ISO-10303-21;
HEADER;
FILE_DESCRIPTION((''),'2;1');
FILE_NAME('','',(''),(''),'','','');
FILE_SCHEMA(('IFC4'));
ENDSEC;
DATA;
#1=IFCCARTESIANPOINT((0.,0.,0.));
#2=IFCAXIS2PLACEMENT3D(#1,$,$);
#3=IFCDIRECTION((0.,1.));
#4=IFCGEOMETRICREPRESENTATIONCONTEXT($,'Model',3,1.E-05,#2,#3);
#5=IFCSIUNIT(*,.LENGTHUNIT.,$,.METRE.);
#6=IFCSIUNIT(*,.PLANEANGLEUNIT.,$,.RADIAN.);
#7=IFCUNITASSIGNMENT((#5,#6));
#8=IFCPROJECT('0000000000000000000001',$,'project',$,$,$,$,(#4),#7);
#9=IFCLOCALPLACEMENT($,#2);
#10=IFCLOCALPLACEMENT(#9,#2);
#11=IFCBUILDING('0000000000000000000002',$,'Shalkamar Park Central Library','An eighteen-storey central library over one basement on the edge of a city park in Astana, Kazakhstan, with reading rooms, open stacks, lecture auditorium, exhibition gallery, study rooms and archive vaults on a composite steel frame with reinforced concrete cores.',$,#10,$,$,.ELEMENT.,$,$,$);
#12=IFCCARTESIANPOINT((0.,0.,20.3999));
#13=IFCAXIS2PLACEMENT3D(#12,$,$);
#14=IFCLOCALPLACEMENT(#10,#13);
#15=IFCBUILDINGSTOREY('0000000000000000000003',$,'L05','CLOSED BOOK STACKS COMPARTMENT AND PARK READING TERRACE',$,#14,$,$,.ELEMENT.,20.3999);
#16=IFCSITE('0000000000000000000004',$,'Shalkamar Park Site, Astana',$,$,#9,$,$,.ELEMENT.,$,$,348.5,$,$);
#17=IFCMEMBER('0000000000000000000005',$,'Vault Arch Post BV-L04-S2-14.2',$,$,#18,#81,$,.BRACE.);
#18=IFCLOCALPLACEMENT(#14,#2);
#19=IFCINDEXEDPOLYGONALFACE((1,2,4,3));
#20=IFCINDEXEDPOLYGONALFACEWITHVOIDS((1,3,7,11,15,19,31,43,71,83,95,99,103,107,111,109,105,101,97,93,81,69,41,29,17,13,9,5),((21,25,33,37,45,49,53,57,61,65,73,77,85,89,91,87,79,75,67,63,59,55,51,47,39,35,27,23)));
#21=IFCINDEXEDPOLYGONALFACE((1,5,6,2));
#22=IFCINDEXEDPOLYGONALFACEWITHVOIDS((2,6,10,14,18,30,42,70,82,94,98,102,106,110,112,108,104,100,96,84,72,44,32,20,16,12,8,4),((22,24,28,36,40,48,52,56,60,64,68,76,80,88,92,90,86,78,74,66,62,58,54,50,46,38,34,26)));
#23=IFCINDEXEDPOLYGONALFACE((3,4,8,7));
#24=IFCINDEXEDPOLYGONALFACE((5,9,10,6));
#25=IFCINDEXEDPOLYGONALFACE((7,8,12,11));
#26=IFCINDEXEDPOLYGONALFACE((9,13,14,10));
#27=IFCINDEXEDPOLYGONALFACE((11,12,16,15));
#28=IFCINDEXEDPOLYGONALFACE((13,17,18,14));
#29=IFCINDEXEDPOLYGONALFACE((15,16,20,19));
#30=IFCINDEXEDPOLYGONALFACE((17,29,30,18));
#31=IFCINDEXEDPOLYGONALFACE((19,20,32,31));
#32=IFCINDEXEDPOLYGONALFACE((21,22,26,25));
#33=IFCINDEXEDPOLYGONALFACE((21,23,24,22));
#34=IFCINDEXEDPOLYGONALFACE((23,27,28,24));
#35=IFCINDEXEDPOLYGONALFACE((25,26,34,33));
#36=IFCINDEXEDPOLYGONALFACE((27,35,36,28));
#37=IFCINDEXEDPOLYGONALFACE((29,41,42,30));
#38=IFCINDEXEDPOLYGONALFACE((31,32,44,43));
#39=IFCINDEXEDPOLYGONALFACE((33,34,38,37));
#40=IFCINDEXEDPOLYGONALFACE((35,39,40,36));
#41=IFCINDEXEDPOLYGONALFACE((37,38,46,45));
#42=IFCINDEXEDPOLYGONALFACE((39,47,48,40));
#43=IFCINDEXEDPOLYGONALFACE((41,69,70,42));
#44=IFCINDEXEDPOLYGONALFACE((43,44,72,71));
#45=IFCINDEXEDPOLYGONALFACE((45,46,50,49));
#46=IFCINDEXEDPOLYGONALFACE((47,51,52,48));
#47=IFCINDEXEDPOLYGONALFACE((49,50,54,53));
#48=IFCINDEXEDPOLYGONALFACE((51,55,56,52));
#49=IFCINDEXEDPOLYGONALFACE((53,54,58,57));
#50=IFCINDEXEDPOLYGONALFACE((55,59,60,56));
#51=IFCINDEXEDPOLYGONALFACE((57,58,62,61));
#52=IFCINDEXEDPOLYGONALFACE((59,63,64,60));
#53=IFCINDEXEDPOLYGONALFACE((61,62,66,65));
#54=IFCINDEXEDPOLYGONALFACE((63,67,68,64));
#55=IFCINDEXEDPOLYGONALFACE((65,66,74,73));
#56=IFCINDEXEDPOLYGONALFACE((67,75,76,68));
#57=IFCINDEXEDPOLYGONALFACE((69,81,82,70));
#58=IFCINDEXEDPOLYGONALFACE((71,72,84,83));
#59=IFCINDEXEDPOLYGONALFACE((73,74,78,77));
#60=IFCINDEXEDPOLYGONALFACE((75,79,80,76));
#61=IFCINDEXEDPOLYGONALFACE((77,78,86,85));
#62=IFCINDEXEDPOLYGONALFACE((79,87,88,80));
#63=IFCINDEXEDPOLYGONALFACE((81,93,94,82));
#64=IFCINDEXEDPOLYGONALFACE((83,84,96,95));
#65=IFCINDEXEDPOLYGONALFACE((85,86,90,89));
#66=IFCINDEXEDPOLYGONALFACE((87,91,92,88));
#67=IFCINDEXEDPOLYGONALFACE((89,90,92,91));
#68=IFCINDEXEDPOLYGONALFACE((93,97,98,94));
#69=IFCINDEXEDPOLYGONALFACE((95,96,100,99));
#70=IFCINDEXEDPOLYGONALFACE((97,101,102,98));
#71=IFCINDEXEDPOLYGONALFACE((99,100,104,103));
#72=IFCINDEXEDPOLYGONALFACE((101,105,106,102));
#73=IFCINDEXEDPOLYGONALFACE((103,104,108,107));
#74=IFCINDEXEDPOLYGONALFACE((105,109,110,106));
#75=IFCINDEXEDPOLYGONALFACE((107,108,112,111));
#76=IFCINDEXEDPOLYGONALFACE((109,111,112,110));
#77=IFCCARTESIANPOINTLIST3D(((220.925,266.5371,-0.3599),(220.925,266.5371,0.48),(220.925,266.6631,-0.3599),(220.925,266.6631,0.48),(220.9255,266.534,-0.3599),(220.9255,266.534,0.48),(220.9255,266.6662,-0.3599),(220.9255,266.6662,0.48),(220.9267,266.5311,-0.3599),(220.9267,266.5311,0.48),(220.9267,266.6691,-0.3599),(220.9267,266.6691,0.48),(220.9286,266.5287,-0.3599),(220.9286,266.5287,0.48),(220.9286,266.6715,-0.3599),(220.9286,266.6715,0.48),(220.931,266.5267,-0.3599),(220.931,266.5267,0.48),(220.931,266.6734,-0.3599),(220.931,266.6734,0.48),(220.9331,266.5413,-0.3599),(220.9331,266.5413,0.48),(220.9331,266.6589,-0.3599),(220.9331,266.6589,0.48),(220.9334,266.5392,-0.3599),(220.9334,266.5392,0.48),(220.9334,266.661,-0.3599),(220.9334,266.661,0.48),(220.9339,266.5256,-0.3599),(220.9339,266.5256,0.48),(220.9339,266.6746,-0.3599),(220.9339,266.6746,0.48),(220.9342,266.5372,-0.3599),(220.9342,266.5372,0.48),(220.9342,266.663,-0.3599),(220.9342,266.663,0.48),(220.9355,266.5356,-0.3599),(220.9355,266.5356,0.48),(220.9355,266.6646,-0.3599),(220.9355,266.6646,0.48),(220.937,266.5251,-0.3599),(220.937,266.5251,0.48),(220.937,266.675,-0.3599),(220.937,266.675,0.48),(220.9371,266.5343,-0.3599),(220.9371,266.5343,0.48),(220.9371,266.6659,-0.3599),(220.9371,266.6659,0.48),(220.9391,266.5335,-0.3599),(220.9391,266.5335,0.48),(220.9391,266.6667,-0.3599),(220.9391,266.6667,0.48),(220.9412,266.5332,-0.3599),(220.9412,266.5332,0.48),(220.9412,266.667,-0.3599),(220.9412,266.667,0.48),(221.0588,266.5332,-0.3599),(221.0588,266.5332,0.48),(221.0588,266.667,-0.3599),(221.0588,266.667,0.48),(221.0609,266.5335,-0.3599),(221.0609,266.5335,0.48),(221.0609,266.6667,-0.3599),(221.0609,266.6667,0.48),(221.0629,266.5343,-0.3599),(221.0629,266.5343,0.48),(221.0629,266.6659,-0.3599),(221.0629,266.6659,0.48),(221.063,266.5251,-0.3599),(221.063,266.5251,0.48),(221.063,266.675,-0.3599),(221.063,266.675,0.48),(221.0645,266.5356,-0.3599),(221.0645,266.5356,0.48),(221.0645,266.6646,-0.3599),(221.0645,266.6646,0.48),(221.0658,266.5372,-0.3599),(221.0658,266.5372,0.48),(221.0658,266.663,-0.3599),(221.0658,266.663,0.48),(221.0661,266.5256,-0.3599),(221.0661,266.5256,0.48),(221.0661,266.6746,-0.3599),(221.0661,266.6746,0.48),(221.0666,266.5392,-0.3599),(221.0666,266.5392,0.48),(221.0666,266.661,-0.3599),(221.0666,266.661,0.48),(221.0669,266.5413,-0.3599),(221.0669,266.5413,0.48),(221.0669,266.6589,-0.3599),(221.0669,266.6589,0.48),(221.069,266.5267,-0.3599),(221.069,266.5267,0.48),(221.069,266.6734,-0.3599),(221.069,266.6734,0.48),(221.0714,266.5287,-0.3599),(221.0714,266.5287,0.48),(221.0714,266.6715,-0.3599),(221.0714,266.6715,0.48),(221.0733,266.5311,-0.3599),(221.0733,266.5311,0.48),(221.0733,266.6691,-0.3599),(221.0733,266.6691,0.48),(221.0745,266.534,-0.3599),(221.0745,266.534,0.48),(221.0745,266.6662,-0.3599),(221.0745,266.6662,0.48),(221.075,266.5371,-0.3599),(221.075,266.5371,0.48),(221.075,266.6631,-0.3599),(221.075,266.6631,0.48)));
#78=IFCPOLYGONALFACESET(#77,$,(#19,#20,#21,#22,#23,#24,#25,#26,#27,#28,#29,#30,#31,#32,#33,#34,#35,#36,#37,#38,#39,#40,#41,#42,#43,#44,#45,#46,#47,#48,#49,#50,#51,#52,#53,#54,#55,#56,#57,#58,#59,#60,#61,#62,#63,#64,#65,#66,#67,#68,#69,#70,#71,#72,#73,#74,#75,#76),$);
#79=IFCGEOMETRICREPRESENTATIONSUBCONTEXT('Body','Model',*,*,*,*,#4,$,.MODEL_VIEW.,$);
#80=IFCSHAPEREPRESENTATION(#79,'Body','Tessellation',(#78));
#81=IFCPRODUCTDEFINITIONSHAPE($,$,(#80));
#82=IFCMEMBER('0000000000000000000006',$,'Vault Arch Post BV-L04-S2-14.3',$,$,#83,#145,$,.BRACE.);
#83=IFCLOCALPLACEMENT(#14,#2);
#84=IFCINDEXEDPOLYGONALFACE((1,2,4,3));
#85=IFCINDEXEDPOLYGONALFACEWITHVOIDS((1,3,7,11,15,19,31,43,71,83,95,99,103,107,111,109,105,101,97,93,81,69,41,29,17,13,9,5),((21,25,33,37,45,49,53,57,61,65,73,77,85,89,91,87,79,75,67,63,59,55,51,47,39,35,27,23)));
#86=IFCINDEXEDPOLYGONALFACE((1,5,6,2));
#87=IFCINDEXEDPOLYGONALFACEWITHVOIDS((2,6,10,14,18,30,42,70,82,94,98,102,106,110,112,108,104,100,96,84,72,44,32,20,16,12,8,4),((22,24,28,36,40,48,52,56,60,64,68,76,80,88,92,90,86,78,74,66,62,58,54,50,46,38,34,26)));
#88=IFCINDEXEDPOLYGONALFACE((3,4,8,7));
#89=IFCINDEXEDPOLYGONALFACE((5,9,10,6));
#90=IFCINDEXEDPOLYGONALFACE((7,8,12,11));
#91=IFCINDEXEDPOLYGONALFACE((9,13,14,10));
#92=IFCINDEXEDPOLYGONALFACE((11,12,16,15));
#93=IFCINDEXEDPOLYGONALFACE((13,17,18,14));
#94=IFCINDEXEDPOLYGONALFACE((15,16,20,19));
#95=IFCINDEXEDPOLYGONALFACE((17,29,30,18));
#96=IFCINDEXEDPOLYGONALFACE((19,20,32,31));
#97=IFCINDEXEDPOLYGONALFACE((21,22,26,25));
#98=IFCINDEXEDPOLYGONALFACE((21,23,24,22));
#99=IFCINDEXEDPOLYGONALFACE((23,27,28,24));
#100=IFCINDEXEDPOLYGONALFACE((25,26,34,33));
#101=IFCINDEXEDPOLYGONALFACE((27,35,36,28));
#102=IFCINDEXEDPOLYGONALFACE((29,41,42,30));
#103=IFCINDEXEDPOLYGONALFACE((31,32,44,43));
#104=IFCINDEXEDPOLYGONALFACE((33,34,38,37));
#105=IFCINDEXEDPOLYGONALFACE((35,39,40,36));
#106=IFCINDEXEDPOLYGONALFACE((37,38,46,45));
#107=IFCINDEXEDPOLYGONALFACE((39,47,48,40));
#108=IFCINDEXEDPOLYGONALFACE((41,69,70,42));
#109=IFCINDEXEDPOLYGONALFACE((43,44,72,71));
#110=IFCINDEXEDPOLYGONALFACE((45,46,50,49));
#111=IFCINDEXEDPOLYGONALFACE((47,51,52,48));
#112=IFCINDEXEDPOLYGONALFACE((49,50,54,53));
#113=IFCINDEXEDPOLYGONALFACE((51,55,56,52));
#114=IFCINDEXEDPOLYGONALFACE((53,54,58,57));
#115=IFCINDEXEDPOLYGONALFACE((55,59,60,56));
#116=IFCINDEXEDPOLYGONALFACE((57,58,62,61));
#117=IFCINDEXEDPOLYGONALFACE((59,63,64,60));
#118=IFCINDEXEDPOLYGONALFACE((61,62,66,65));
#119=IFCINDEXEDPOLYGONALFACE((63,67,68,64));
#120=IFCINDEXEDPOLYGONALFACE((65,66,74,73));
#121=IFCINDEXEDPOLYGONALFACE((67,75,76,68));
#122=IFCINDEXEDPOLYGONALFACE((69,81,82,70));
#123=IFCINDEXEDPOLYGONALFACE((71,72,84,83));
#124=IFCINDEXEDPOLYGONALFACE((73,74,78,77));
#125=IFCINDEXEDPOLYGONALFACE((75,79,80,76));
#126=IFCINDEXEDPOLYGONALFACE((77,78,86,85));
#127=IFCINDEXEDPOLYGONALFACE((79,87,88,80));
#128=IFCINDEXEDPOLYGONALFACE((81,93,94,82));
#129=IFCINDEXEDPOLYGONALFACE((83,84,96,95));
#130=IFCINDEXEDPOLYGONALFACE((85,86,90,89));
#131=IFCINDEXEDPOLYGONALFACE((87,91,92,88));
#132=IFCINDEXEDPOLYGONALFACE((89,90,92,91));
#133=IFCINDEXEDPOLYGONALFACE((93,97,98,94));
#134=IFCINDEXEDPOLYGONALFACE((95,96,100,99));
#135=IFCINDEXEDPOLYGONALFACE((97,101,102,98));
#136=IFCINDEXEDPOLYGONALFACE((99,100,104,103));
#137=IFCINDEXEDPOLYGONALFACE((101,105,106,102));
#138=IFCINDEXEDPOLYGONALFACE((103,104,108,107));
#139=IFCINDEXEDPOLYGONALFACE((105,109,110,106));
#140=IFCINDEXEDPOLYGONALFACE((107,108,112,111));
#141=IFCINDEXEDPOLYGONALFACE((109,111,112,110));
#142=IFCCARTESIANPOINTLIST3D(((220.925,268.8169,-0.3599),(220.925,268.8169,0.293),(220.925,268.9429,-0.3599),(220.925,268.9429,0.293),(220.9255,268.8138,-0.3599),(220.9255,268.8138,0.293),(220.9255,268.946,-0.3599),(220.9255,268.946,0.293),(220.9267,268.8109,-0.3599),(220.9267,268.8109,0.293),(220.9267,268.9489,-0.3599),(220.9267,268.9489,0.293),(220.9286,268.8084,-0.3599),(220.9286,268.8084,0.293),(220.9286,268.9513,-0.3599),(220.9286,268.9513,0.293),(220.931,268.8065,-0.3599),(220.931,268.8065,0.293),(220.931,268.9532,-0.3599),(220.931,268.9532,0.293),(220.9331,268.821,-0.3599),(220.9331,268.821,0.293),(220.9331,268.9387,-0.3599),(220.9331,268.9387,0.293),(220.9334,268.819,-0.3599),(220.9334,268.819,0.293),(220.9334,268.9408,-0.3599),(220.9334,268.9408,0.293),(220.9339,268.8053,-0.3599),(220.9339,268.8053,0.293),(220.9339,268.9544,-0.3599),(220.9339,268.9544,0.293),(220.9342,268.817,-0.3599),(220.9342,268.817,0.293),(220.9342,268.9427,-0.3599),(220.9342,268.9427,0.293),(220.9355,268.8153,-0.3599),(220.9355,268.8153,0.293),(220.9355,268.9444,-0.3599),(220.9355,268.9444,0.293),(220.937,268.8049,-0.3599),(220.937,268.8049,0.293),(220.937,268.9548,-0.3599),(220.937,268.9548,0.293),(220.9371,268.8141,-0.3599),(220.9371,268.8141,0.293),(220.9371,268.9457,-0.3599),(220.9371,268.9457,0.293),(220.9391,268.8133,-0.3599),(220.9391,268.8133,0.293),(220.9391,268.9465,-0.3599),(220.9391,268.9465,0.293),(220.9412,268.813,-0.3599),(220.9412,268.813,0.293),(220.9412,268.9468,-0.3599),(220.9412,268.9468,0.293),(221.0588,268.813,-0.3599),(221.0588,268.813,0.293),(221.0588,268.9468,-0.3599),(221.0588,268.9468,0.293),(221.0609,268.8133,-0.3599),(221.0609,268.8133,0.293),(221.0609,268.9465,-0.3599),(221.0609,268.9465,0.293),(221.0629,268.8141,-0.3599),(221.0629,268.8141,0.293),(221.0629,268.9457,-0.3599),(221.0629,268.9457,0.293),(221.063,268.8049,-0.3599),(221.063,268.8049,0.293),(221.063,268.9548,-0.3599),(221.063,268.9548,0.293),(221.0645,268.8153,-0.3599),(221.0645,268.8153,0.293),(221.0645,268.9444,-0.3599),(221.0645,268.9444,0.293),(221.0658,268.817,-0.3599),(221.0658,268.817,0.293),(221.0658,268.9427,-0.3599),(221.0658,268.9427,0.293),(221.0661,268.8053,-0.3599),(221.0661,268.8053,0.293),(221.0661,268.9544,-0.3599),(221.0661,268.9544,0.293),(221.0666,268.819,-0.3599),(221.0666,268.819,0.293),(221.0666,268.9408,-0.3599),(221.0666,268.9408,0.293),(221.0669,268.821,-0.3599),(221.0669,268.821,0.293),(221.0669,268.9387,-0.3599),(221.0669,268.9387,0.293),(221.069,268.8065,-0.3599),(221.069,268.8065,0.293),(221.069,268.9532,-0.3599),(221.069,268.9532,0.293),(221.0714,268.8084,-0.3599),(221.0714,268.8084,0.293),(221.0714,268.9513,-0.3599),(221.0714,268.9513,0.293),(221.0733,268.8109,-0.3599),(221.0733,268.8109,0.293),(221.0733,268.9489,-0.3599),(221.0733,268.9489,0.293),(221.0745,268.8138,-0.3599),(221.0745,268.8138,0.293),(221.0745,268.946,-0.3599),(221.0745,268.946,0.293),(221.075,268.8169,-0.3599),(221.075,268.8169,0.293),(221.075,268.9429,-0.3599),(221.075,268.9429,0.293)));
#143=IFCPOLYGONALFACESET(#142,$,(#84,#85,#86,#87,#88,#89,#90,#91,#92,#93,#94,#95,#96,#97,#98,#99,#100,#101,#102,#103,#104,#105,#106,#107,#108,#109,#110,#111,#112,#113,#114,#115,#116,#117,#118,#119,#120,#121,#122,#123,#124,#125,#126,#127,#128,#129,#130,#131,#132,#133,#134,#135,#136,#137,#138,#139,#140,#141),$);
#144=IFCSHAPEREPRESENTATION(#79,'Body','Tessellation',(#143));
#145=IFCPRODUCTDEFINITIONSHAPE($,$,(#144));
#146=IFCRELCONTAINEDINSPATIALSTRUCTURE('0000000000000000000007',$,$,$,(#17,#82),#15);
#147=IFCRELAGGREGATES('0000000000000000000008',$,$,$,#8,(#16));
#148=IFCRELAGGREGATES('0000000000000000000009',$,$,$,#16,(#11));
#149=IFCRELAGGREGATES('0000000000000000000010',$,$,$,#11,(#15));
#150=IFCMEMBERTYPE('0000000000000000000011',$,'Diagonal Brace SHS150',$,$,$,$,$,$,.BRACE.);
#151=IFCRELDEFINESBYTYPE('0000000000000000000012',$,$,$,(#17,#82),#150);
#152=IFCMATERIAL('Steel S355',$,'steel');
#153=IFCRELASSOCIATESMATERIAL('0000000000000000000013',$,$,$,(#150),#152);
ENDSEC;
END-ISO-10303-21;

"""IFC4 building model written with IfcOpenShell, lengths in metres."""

from ifc_helpers import new_model, si_unit, direction, frame, origin, origin_2d, place, context, subcontext, project, spatial, hollow_rectangle, extrude, material, material_profile, profile_set, type_object, element, save


model = new_model("IFC4")

# Units and contexts
model_context = context("Model", 3, precision=1e-05, world=origin(), true_north=direction((0.0, 1.0)))
body_context = subcontext(model_context, "Body", "Model", "MODEL_VIEW")
ifc_project = project(units=[si_unit("LENGTHUNIT", "METRE"), si_unit("PLANEANGLEUNIT", "RADIAN")], contexts=[model_context])

# Site, building, storey
site_placement = place(None, origin())
site = spatial("IfcSite", under=ifc_project, at=site_placement, Name="Shalkamar Park Site, Astana", CompositionType="ELEMENT", RefElevation=348.5)
building_placement = place(site_placement, origin())
building = spatial("IfcBuilding", under=site, at=building_placement, Name="Shalkamar Park Central Library", Description="An eighteen-storey central library over one basement on the edge of a city park in Astana, Kazakhstan, with reading rooms, open stacks, lecture auditorium, exhibition gallery, study rooms and archive vaults on a composite steel frame with reinforced concrete cores.", CompositionType="ELEMENT")
storey_placement = place(building_placement, frame((0.0, 0.0, 20.3999)))
storey = spatial("IfcBuildingStorey", under=building, at=storey_placement, Name="L05", Description="CLOSED BOOK STACKS COMPARTMENT AND PARK READING TERRACE", CompositionType="ELEMENT", Elevation=20.3999)

# Shared definitions
ifc_material_1 = material(Name="Steel S355", Category="steel")

# Members
ifc_material_profile_1 = material_profile(ifc_material_1, hollow_rectangle(XDim=0.1499, YDim=0.1499, WallThickness=0.0081, InnerFilletRadius=0.0081, OuterFilletRadius=0.012, at=origin_2d()), Name="SHS 150x150x8")
ifc_profile_set_1 = profile_set([ifc_material_profile_1], Name="Steel S355")
member_type_1 = type_object("IfcMemberType", Name="Diagonal Brace SHS150", PredefinedType="BRACE", material=ifc_profile_set_1)
member_1_placement = place(storey_placement, frame((221.0, 266.6001, -0.3599), z_axis=(0.0, 0.0, 1.0), x_axis=(1.0, 0.0, 0.0)))
element("IfcMember", 1, at=member_1_placement, inside=storey, type_object=member_type_1, Name="Vault Arch Post BV-L04-S2-14.2", PredefinedType="BRACE", context=body_context, shape_type="SweptSolid", body=[
    extrude(hollow_rectangle(XDim=0.1499, YDim=0.1499, WallThickness=0.0081, InnerFilletRadius=0.0081, OuterFilletRadius=0.012, at=origin_2d()), origin(), (0.0, 0.0, 1.0), 0.8398),
])
for number, where, z_axis, x_axis, name in (
    (2, (221.0, 268.8799, -0.3599), (0.0, 0.0, 1.0), (1.0, 0.0, 0.0), "Vault Arch Post BV-L04-S2-14.3"),
):
    element("IfcMember", number, at=place(storey_placement, frame(where, z_axis=z_axis, x_axis=x_axis)), inside=storey, type_object=member_type_1, Name=name, PredefinedType="BRACE", context=body_context, shape_type="SweptSolid", body=[
        extrude(hollow_rectangle(XDim=0.1499, YDim=0.1499, WallThickness=0.0081, InnerFilletRadius=0.0081, OuterFilletRadius=0.012, at=origin_2d()), origin(), (0.0, 0.0, 1.0), 0.6528),
    ])

save(model, "model.ifc")
